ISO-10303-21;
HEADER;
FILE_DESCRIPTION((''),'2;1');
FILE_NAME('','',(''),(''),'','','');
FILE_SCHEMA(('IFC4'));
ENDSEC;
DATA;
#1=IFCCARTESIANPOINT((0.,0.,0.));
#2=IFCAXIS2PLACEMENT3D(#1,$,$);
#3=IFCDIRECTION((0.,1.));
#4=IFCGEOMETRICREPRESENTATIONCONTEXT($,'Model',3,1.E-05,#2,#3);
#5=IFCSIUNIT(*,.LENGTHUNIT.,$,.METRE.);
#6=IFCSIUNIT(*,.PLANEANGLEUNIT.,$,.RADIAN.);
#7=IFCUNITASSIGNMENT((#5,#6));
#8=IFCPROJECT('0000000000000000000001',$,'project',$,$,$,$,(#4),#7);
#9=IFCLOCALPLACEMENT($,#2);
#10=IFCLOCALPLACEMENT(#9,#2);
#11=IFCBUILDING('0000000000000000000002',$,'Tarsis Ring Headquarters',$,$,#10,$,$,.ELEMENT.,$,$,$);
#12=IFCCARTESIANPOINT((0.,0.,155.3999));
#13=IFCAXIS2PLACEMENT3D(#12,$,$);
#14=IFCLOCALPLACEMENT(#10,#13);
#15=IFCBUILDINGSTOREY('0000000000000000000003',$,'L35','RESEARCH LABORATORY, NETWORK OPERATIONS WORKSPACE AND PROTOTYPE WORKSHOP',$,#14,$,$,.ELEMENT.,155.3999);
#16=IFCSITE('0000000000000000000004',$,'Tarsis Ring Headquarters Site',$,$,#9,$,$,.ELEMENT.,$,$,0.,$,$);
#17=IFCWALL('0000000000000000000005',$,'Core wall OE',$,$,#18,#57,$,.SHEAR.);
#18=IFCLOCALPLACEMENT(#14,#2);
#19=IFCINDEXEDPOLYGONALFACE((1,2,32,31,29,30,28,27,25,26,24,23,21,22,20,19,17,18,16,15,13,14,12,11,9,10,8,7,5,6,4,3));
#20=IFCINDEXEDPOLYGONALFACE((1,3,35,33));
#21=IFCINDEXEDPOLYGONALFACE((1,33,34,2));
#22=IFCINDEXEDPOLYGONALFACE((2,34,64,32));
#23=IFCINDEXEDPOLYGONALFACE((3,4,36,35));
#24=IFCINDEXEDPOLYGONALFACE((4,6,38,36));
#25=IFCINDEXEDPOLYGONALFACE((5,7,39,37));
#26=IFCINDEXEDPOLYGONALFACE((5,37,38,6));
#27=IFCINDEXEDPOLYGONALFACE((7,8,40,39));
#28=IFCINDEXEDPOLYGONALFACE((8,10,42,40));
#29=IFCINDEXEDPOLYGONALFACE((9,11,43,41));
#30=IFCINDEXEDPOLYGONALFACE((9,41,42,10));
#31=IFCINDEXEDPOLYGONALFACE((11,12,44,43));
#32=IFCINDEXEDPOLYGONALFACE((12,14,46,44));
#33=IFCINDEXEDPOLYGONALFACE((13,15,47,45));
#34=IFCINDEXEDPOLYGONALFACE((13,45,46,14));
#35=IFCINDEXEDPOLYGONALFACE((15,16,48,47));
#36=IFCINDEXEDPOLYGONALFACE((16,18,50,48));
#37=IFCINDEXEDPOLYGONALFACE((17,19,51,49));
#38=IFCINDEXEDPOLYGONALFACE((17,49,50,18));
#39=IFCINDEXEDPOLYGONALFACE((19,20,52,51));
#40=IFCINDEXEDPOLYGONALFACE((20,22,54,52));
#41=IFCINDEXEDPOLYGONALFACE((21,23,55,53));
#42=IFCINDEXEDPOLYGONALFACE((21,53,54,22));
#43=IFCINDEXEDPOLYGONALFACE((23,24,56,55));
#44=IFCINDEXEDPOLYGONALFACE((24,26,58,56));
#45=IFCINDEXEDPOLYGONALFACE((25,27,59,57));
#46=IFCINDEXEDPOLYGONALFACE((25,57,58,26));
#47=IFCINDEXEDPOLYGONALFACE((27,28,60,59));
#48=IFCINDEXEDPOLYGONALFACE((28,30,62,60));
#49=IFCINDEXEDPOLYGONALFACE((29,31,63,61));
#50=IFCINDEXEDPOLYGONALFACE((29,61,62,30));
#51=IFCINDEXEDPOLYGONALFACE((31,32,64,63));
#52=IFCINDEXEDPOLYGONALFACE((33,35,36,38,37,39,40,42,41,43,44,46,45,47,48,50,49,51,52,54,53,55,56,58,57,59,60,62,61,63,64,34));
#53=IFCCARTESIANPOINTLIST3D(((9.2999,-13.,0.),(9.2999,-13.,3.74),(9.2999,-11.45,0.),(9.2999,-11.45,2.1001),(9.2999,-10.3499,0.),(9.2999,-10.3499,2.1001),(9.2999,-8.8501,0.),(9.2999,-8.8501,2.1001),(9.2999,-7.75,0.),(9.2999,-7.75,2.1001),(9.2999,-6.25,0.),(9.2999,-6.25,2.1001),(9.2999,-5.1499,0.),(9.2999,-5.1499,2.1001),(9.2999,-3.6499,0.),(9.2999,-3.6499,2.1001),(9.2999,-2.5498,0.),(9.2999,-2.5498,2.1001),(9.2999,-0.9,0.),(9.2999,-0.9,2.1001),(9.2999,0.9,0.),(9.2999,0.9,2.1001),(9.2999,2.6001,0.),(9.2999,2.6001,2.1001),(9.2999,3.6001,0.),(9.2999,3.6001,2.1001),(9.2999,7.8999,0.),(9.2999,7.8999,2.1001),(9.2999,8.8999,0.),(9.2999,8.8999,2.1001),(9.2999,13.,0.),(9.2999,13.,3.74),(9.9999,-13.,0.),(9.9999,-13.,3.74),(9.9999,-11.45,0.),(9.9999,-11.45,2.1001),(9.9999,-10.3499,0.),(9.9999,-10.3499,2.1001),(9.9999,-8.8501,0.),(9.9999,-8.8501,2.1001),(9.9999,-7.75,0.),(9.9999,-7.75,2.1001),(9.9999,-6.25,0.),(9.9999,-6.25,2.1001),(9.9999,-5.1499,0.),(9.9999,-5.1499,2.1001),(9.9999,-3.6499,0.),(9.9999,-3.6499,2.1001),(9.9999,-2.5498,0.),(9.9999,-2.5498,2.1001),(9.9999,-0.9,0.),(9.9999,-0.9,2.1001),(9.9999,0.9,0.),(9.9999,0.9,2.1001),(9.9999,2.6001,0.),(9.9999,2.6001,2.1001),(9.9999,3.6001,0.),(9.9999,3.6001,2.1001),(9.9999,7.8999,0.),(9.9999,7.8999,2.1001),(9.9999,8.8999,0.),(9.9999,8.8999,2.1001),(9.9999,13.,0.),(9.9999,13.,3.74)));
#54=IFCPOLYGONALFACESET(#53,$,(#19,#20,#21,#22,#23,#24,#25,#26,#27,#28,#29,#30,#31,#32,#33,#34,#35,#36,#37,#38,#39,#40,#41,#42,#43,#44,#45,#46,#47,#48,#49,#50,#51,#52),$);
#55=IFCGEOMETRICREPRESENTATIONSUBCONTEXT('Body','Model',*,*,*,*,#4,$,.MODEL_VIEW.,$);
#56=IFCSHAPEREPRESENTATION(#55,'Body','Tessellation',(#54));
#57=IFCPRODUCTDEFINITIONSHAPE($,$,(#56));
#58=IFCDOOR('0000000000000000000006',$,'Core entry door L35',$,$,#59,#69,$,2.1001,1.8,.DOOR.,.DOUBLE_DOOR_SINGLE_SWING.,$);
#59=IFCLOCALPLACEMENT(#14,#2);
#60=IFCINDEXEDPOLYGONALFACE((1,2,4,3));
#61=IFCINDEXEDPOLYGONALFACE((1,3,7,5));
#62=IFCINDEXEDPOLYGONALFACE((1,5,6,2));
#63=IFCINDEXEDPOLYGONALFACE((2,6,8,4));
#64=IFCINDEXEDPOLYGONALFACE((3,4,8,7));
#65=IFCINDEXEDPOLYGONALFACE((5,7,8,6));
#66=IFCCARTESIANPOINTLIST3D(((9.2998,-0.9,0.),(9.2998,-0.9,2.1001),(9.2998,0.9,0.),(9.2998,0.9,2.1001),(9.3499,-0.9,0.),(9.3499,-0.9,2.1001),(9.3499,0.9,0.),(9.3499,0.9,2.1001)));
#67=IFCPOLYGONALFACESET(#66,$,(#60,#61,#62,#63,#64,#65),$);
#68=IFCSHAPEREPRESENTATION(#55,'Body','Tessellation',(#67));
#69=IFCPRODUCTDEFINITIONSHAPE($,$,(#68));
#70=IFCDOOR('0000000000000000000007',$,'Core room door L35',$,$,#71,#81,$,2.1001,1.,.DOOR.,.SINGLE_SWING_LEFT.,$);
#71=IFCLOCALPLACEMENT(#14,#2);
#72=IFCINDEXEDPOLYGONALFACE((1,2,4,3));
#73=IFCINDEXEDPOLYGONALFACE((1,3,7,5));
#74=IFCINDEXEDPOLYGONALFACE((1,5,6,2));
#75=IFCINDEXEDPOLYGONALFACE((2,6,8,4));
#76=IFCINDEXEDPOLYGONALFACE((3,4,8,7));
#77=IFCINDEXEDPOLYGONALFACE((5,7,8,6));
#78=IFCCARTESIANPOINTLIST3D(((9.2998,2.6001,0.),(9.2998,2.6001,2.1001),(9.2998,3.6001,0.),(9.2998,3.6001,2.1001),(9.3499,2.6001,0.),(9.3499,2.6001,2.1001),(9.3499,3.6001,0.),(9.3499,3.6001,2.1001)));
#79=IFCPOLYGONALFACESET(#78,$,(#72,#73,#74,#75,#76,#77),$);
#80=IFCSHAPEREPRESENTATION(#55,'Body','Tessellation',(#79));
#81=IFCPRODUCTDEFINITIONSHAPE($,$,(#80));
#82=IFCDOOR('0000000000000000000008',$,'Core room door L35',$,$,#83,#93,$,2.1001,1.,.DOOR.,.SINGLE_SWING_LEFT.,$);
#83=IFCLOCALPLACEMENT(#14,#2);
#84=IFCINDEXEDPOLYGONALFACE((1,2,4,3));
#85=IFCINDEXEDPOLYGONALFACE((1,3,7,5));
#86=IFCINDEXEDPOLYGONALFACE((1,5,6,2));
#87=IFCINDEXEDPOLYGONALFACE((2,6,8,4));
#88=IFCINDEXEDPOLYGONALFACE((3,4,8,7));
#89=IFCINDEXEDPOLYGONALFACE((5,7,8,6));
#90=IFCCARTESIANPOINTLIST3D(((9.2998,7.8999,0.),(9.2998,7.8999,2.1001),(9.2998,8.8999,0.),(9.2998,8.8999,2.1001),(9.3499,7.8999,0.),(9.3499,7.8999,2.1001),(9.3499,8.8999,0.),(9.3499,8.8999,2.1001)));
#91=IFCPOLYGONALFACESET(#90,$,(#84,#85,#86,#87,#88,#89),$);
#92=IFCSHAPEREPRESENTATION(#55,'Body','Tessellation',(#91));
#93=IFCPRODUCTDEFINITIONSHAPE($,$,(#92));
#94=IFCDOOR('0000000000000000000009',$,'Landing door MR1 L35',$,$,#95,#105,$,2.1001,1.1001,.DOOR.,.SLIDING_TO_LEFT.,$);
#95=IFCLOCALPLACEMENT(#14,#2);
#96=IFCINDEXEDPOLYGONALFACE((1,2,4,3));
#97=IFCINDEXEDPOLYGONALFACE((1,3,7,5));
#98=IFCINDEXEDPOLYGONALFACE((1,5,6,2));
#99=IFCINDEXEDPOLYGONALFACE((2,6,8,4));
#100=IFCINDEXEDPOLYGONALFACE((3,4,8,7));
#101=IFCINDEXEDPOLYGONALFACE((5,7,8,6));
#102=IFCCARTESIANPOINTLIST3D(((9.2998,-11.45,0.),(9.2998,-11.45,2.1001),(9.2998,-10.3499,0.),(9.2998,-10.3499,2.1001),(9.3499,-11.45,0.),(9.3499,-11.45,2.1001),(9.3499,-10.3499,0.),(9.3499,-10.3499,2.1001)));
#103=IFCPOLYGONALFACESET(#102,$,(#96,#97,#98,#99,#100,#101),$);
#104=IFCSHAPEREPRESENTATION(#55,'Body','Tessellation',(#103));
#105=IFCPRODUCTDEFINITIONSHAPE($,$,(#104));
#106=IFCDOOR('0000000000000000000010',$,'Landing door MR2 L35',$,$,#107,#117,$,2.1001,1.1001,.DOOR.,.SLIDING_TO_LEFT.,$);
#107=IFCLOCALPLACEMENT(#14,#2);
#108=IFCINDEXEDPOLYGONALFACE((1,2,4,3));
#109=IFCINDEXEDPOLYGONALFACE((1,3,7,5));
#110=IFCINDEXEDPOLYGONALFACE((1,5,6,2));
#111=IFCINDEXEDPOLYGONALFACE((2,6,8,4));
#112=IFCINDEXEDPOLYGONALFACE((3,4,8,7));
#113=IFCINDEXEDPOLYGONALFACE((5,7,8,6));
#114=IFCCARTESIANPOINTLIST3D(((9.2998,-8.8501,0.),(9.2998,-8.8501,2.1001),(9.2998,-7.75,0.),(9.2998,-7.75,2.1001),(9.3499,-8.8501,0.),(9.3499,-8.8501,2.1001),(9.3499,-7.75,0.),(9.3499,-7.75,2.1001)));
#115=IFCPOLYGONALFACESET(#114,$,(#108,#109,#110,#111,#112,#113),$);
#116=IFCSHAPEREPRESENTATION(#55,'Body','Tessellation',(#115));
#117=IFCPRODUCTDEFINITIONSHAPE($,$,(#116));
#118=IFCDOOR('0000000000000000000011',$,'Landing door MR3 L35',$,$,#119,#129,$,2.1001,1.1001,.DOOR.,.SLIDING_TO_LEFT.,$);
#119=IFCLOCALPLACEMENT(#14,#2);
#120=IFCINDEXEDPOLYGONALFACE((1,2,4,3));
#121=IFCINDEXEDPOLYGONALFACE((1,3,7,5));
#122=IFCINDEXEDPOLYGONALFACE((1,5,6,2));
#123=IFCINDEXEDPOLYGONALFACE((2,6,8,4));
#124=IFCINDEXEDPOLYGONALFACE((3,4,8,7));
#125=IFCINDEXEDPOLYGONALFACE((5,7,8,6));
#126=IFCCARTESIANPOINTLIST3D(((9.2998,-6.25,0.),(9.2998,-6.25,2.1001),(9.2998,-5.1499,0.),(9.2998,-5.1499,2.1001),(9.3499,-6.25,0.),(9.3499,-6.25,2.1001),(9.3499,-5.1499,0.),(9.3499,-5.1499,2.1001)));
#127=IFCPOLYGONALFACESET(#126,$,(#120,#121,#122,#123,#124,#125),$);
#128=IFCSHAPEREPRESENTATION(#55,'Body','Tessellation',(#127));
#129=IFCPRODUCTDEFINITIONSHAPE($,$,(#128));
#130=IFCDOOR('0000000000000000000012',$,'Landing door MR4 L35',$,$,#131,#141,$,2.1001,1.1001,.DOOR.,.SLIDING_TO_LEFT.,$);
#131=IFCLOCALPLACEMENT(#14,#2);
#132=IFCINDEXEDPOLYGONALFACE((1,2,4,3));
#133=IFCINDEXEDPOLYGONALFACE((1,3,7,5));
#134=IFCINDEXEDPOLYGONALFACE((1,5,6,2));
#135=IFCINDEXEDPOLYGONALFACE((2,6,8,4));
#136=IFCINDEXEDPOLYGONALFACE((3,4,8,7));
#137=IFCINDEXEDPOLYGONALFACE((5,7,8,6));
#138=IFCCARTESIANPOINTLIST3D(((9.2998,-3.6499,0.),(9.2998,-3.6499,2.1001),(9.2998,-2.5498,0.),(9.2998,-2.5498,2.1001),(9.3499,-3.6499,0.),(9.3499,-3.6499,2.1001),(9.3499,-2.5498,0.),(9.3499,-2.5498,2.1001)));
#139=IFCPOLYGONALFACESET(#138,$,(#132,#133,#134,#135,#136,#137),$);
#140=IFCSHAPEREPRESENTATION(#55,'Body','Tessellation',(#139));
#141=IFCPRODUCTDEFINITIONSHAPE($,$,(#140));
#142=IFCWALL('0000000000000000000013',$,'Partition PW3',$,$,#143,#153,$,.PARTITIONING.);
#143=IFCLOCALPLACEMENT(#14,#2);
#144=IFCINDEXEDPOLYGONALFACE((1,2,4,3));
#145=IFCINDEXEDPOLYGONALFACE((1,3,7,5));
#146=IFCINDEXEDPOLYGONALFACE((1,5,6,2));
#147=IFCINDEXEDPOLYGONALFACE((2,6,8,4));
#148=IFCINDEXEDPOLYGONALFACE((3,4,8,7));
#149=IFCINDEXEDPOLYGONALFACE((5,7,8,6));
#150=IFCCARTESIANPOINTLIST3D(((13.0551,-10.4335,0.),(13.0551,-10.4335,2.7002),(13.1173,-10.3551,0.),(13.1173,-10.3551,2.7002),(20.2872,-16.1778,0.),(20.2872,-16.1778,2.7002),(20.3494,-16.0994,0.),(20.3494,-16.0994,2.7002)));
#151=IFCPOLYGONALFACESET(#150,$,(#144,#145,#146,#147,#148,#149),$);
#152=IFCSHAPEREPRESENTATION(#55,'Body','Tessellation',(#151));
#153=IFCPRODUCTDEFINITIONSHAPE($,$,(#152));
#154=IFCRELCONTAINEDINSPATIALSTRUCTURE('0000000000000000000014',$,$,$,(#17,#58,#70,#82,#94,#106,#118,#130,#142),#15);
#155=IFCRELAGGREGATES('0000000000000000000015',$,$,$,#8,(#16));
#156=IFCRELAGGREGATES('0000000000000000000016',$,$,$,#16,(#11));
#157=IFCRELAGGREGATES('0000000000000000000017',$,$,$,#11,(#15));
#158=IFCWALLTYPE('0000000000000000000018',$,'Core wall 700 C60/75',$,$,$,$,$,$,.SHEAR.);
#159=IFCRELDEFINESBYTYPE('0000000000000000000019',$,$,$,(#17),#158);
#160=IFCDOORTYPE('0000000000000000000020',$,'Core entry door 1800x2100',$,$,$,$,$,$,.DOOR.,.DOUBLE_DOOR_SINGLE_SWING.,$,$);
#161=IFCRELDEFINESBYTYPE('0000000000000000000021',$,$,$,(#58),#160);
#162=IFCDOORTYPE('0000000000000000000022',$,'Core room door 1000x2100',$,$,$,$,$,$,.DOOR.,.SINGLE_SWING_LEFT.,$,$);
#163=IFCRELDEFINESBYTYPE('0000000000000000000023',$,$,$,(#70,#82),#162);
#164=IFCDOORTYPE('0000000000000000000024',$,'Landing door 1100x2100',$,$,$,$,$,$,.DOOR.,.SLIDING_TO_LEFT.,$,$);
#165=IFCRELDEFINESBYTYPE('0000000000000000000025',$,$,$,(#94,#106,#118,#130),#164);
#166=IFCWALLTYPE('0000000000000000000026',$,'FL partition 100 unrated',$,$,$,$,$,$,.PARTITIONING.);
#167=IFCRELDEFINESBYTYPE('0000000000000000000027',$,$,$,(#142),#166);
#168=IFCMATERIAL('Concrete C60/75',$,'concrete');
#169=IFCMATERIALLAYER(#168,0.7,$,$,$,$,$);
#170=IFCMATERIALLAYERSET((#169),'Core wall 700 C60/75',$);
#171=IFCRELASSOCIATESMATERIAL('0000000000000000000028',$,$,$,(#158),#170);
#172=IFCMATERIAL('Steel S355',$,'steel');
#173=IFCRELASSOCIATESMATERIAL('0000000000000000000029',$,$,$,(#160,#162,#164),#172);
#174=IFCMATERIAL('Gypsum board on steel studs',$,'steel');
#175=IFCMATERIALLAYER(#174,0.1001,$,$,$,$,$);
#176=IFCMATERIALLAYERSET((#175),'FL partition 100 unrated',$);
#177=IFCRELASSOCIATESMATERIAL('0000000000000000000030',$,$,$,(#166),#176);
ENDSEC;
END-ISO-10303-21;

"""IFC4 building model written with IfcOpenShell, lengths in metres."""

from ifc_helpers import new_model, si_unit, direction, frame, frame_2d, origin, place, context, subcontext, project, spatial, rectangle, extrude, material, layer, layer_set, type_object, element, fill, save


model = new_model("IFC4")

# Units and contexts
model_context = context("Model", 3, precision=1e-05, world=origin(), true_north=direction((0.0, 1.0)))
body_context = subcontext(model_context, "Body", "Model", "MODEL_VIEW")
ifc_project = project(units=[si_unit("LENGTHUNIT", "METRE"), si_unit("PLANEANGLEUNIT", "RADIAN")], contexts=[model_context])

# Site, building, storey
site_placement = place(None, origin())
site = spatial("IfcSite", under=ifc_project, at=site_placement, Name="Tarsis Ring Headquarters Site", CompositionType="ELEMENT", RefElevation=0.0)
building_placement = place(site_placement, origin())
building = spatial("IfcBuilding", under=site, at=building_placement, Name="Tarsis Ring Headquarters", CompositionType="ELEMENT")
storey_placement = place(building_placement, frame((0.0, 0.0, 155.3999)))
storey = spatial("IfcBuildingStorey", under=building, at=storey_placement, Name="L35", Description="RESEARCH LABORATORY, NETWORK OPERATIONS WORKSPACE AND PROTOTYPE WORKSHOP", CompositionType="ELEMENT", Elevation=155.3999)

# Wall, openings, doors
ifc_material_1 = material(Name="Concrete C60/75", Category="concrete")
ifc_layer_1 = layer(ifc_material_1, 0.7)
ifc_layer_set_1 = layer_set([ifc_layer_1], Name="Core wall 700 C60/75")
wall_type_1 = type_object("IfcWallType", Name="Core wall 700 C60/75", PredefinedType="SHEAR", material=ifc_layer_set_1)
wall_1_placement = place(storey_placement, frame((9.6499, -13.0, 0.0), z_axis=(0.0, 0.0, 1.0), x_axis=(0.0, 1.0, 0.0)))
wall_1 = element("IfcWall", 1, at=wall_1_placement, inside=storey, type_object=wall_type_1, Name="Core wall OE", PredefinedType="SHEAR", context=body_context, shape_type="SweptSolid", body=[
    extrude(rectangle(XDim=26.0, YDim=0.7, at=frame_2d((13.0, 0.0))), origin(), (0.0, 0.0, 1.0), 3.74),
])
opening_1_placement = place(wall_1_placement, frame((1.55, 0.0, 0.0)))
opening_1 = element("IfcOpeningElement", 2, at=opening_1_placement, cuts=wall_1, PredefinedType="OPENING", context=body_context, shape_type="SweptSolid", body=[
    extrude(rectangle(XDim=1.1001, YDim=2.1001, at=frame_2d((0.55, 1.05))), frame((0.0, 0.3599, 0.0), z_axis=(0.0, -1.0, 0.0), x_axis=(1.0, 0.0, 0.0)), (0.0, 0.0, 1.0), 0.72),
])
opening_2_placement = place(wall_1_placement, frame((4.1499, 0.0, 0.0)))
opening_2 = element("IfcOpeningElement", 3, at=opening_2_placement, cuts=wall_1, PredefinedType="OPENING", context=body_context, shape_type="SweptSolid", body=[
    extrude(rectangle(XDim=1.1001, YDim=2.1001, at=frame_2d((0.55, 1.05))), frame((0.0, 0.3599, 0.0), z_axis=(0.0, -1.0, 0.0), x_axis=(1.0, 0.0, 0.0)), (0.0, 0.0, 1.0), 0.72),
])
opening_3_placement = place(wall_1_placement, frame((6.75, 0.0, 0.0)))
opening_3 = element("IfcOpeningElement", 4, at=opening_3_placement, cuts=wall_1, PredefinedType="OPENING", context=body_context, shape_type="SweptSolid", body=[
    extrude(rectangle(XDim=1.1001, YDim=2.1001, at=frame_2d((0.55, 1.05))), frame((0.0, 0.3599, 0.0), z_axis=(0.0, -1.0, 0.0), x_axis=(1.0, 0.0, 0.0)), (0.0, 0.0, 1.0), 0.72),
])
opening_4_placement = place(wall_1_placement, frame((9.3501, 0.0, 0.0)))
opening_4 = element("IfcOpeningElement", 5, at=opening_4_placement, cuts=wall_1, PredefinedType="OPENING", context=body_context, shape_type="SweptSolid", body=[
    extrude(rectangle(XDim=1.1001, YDim=2.1001, at=frame_2d((0.55, 1.05))), frame((0.0, 0.3599, 0.0), z_axis=(0.0, -1.0, 0.0), x_axis=(1.0, 0.0, 0.0)), (0.0, 0.0, 1.0), 0.72),
])
opening_5_placement = place(wall_1_placement, frame((12.1001, 0.0, 0.0)))
opening_5 = element("IfcOpeningElement", 6, at=opening_5_placement, cuts=wall_1, PredefinedType="OPENING", context=body_context, shape_type="SweptSolid", body=[
    extrude(rectangle(XDim=1.8, YDim=2.1001, at=frame_2d((0.8999, 1.05))), frame((0.0, 0.3599, 0.0), z_axis=(0.0, -1.0, 0.0), x_axis=(1.0, 0.0, 0.0)), (0.0, 0.0, 1.0), 0.72),
])
opening_6_placement = place(wall_1_placement, frame((15.6001, 0.0, 0.0)))
opening_6 = element("IfcOpeningElement", 7, at=opening_6_placement, cuts=wall_1, PredefinedType="OPENING", context=body_context, shape_type="SweptSolid", body=[
    extrude(rectangle(XDim=1.0, YDim=2.1001, at=frame_2d((0.5, 1.05))), frame((0.0, 0.3599, 0.0), z_axis=(0.0, -1.0, 0.0), x_axis=(1.0, 0.0, 0.0)), (0.0, 0.0, 1.0), 0.72),
])
opening_7_placement = place(wall_1_placement, frame((20.8999, 0.0, 0.0)))
opening_7 = element("IfcOpeningElement", 8, at=opening_7_placement, cuts=wall_1, PredefinedType="OPENING", context=body_context, shape_type="SweptSolid", body=[
    extrude(rectangle(XDim=1.0, YDim=2.1001, at=frame_2d((0.5, 1.05))), frame((0.0, 0.3599, 0.0), z_axis=(0.0, -1.0, 0.0), x_axis=(1.0, 0.0, 0.0)), (0.0, 0.0, 1.0), 0.72),
])
ifc_material_2 = material(Name="Steel S355", Category="steel")
door_type_1 = type_object("IfcDoorType", Name="Core entry door 1800x2100", OperationType="DOUBLE_DOOR_SINGLE_SWING", PredefinedType="DOOR", material=ifc_material_2)
door_1_placement = place(opening_5_placement, origin())
door_1 = element("IfcDoor", 9, at=door_1_placement, inside=storey, type_object=door_type_1, Name="Core entry door L35", OperationType="DOUBLE_DOOR_SINGLE_SWING", OverallHeight=2.1001, OverallWidth=1.8, PredefinedType="DOOR", context=body_context, shape_type="SweptSolid", body=[
    extrude(rectangle(XDim=1.8, YDim=2.1001, at=frame_2d((0.8999, 1.05))), frame((0.0, 0.3501, 0.0), z_axis=(0.0, -1.0, 0.0), x_axis=(1.0, 0.0, 0.0)), (0.0, 0.0, 1.0), 0.05),
])
fill(opening_5, door_1)
door_type_2 = type_object("IfcDoorType", Name="Core room door 1000x2100", OperationType="SINGLE_SWING_LEFT", PredefinedType="DOOR", material=ifc_material_2)
door_2_placement = place(opening_6_placement, origin())
door_2 = element("IfcDoor", 10, at=door_2_placement, inside=storey, type_object=door_type_2, Name="Core room door L35", OperationType="SINGLE_SWING_LEFT", OverallHeight=2.1001, OverallWidth=1.0, PredefinedType="DOOR", context=body_context, shape_type="SweptSolid", body=[
    extrude(rectangle(XDim=1.0, YDim=2.1001, at=frame_2d((0.5, 1.05))), frame((0.0, 0.3501, 0.0), z_axis=(0.0, -1.0, 0.0), x_axis=(1.0, 0.0, 0.0)), (0.0, 0.0, 1.0), 0.05),
])
fill(opening_6, door_2)
door_3_placement = place(opening_7_placement, origin())
door_3 = element("IfcDoor", 11, at=door_3_placement, inside=storey, type_object=door_type_2, Name="Core room door L35", OperationType="SINGLE_SWING_LEFT", OverallHeight=2.1001, OverallWidth=1.0, PredefinedType="DOOR", context=body_context, shape_type="SweptSolid", body=[
    extrude(rectangle(XDim=1.0, YDim=2.1001, at=frame_2d((0.5, 1.05))), frame((0.0, 0.3501, 0.0), z_axis=(0.0, -1.0, 0.0), x_axis=(1.0, 0.0, 0.0)), (0.0, 0.0, 1.0), 0.05),
])
fill(opening_7, door_3)
door_type_3 = type_object("IfcDoorType", Name="Landing door 1100x2100", OperationType="SLIDING_TO_LEFT", PredefinedType="DOOR", material=ifc_material_2)
door_4_placement = place(opening_1_placement, origin())
door_4 = element("IfcDoor", 12, at=door_4_placement, inside=storey, type_object=door_type_3, Name="Landing door MR1 L35", OperationType="SLIDING_TO_LEFT", OverallHeight=2.1001, OverallWidth=1.1001, PredefinedType="DOOR", context=body_context, shape_type="SweptSolid", body=[
    extrude(rectangle(XDim=1.1001, YDim=2.1001, at=frame_2d((0.55, 1.05))), frame((0.0, 0.3501, 0.0), z_axis=(0.0, -1.0, 0.0), x_axis=(1.0, 0.0, 0.0)), (0.0, 0.0, 1.0), 0.05),
])
fill(opening_1, door_4)
door_5_placement = place(opening_2_placement, origin())
door_5 = element("IfcDoor", 13, at=door_5_placement, inside=storey, type_object=door_type_3, Name="Landing door MR2 L35", OperationType="SLIDING_TO_LEFT", OverallHeight=2.1001, OverallWidth=1.1001, PredefinedType="DOOR", context=body_context, shape_type="SweptSolid", body=[
    extrude(rectangle(XDim=1.1001, YDim=2.1001, at=frame_2d((0.55, 1.05))), frame((0.0, 0.3501, 0.0), z_axis=(0.0, -1.0, 0.0), x_axis=(1.0, 0.0, 0.0)), (0.0, 0.0, 1.0), 0.05),
])
fill(opening_2, door_5)
door_6_placement = place(opening_3_placement, origin())
door_6 = element("IfcDoor", 14, at=door_6_placement, inside=storey, type_object=door_type_3, Name="Landing door MR3 L35", OperationType="SLIDING_TO_LEFT", OverallHeight=2.1001, OverallWidth=1.1001, PredefinedType="DOOR", context=body_context, shape_type="SweptSolid", body=[
    extrude(rectangle(XDim=1.1001, YDim=2.1001, at=frame_2d((0.55, 1.05))), frame((0.0, 0.3501, 0.0), z_axis=(0.0, -1.0, 0.0), x_axis=(1.0, 0.0, 0.0)), (0.0, 0.0, 1.0), 0.05),
])
fill(opening_3, door_6)
door_7_placement = place(opening_4_placement, origin())
door_7 = element("IfcDoor", 15, at=door_7_placement, inside=storey, type_object=door_type_3, Name="Landing door MR4 L35", OperationType="SLIDING_TO_LEFT", OverallHeight=2.1001, OverallWidth=1.1001, PredefinedType="DOOR", context=body_context, shape_type="SweptSolid", body=[
    extrude(rectangle(XDim=1.1001, YDim=2.1001, at=frame_2d((0.55, 1.05))), frame((0.0, 0.3501, 0.0), z_axis=(0.0, -1.0, 0.0), x_axis=(1.0, 0.0, 0.0)), (0.0, 0.0, 1.0), 0.05),
])
fill(opening_4, door_7)

# Wall
ifc_material_3 = material(Name="Gypsum board on steel studs", Category="steel")
ifc_layer_2 = layer(ifc_material_3, 0.1001)
ifc_layer_set_2 = layer_set([ifc_layer_2], Name="FL partition 100 unrated")
wall_type_2 = type_object("IfcWallType", Name="FL partition 100 unrated", PredefinedType="PARTITIONING", material=ifc_layer_set_2)
wall_2_placement = place(storey_placement, frame((13.0862, -10.3943, 0.0), z_axis=(0.0, 0.0, 1.0), x_axis=(0.783048, -0.621961, 0.0)))
element("IfcWall", 16, at=wall_2_placement, inside=storey, type_object=wall_type_2, Name="Partition PW3", PredefinedType="PARTITIONING", context=body_context, shape_type="SweptSolid", body=[
    extrude(rectangle(XDim=9.2358, YDim=0.1001, at=frame_2d((4.6179, 0.0))), origin(), (0.0, 0.0, 1.0), 2.7002),
])

save(model, "model.ifc")
